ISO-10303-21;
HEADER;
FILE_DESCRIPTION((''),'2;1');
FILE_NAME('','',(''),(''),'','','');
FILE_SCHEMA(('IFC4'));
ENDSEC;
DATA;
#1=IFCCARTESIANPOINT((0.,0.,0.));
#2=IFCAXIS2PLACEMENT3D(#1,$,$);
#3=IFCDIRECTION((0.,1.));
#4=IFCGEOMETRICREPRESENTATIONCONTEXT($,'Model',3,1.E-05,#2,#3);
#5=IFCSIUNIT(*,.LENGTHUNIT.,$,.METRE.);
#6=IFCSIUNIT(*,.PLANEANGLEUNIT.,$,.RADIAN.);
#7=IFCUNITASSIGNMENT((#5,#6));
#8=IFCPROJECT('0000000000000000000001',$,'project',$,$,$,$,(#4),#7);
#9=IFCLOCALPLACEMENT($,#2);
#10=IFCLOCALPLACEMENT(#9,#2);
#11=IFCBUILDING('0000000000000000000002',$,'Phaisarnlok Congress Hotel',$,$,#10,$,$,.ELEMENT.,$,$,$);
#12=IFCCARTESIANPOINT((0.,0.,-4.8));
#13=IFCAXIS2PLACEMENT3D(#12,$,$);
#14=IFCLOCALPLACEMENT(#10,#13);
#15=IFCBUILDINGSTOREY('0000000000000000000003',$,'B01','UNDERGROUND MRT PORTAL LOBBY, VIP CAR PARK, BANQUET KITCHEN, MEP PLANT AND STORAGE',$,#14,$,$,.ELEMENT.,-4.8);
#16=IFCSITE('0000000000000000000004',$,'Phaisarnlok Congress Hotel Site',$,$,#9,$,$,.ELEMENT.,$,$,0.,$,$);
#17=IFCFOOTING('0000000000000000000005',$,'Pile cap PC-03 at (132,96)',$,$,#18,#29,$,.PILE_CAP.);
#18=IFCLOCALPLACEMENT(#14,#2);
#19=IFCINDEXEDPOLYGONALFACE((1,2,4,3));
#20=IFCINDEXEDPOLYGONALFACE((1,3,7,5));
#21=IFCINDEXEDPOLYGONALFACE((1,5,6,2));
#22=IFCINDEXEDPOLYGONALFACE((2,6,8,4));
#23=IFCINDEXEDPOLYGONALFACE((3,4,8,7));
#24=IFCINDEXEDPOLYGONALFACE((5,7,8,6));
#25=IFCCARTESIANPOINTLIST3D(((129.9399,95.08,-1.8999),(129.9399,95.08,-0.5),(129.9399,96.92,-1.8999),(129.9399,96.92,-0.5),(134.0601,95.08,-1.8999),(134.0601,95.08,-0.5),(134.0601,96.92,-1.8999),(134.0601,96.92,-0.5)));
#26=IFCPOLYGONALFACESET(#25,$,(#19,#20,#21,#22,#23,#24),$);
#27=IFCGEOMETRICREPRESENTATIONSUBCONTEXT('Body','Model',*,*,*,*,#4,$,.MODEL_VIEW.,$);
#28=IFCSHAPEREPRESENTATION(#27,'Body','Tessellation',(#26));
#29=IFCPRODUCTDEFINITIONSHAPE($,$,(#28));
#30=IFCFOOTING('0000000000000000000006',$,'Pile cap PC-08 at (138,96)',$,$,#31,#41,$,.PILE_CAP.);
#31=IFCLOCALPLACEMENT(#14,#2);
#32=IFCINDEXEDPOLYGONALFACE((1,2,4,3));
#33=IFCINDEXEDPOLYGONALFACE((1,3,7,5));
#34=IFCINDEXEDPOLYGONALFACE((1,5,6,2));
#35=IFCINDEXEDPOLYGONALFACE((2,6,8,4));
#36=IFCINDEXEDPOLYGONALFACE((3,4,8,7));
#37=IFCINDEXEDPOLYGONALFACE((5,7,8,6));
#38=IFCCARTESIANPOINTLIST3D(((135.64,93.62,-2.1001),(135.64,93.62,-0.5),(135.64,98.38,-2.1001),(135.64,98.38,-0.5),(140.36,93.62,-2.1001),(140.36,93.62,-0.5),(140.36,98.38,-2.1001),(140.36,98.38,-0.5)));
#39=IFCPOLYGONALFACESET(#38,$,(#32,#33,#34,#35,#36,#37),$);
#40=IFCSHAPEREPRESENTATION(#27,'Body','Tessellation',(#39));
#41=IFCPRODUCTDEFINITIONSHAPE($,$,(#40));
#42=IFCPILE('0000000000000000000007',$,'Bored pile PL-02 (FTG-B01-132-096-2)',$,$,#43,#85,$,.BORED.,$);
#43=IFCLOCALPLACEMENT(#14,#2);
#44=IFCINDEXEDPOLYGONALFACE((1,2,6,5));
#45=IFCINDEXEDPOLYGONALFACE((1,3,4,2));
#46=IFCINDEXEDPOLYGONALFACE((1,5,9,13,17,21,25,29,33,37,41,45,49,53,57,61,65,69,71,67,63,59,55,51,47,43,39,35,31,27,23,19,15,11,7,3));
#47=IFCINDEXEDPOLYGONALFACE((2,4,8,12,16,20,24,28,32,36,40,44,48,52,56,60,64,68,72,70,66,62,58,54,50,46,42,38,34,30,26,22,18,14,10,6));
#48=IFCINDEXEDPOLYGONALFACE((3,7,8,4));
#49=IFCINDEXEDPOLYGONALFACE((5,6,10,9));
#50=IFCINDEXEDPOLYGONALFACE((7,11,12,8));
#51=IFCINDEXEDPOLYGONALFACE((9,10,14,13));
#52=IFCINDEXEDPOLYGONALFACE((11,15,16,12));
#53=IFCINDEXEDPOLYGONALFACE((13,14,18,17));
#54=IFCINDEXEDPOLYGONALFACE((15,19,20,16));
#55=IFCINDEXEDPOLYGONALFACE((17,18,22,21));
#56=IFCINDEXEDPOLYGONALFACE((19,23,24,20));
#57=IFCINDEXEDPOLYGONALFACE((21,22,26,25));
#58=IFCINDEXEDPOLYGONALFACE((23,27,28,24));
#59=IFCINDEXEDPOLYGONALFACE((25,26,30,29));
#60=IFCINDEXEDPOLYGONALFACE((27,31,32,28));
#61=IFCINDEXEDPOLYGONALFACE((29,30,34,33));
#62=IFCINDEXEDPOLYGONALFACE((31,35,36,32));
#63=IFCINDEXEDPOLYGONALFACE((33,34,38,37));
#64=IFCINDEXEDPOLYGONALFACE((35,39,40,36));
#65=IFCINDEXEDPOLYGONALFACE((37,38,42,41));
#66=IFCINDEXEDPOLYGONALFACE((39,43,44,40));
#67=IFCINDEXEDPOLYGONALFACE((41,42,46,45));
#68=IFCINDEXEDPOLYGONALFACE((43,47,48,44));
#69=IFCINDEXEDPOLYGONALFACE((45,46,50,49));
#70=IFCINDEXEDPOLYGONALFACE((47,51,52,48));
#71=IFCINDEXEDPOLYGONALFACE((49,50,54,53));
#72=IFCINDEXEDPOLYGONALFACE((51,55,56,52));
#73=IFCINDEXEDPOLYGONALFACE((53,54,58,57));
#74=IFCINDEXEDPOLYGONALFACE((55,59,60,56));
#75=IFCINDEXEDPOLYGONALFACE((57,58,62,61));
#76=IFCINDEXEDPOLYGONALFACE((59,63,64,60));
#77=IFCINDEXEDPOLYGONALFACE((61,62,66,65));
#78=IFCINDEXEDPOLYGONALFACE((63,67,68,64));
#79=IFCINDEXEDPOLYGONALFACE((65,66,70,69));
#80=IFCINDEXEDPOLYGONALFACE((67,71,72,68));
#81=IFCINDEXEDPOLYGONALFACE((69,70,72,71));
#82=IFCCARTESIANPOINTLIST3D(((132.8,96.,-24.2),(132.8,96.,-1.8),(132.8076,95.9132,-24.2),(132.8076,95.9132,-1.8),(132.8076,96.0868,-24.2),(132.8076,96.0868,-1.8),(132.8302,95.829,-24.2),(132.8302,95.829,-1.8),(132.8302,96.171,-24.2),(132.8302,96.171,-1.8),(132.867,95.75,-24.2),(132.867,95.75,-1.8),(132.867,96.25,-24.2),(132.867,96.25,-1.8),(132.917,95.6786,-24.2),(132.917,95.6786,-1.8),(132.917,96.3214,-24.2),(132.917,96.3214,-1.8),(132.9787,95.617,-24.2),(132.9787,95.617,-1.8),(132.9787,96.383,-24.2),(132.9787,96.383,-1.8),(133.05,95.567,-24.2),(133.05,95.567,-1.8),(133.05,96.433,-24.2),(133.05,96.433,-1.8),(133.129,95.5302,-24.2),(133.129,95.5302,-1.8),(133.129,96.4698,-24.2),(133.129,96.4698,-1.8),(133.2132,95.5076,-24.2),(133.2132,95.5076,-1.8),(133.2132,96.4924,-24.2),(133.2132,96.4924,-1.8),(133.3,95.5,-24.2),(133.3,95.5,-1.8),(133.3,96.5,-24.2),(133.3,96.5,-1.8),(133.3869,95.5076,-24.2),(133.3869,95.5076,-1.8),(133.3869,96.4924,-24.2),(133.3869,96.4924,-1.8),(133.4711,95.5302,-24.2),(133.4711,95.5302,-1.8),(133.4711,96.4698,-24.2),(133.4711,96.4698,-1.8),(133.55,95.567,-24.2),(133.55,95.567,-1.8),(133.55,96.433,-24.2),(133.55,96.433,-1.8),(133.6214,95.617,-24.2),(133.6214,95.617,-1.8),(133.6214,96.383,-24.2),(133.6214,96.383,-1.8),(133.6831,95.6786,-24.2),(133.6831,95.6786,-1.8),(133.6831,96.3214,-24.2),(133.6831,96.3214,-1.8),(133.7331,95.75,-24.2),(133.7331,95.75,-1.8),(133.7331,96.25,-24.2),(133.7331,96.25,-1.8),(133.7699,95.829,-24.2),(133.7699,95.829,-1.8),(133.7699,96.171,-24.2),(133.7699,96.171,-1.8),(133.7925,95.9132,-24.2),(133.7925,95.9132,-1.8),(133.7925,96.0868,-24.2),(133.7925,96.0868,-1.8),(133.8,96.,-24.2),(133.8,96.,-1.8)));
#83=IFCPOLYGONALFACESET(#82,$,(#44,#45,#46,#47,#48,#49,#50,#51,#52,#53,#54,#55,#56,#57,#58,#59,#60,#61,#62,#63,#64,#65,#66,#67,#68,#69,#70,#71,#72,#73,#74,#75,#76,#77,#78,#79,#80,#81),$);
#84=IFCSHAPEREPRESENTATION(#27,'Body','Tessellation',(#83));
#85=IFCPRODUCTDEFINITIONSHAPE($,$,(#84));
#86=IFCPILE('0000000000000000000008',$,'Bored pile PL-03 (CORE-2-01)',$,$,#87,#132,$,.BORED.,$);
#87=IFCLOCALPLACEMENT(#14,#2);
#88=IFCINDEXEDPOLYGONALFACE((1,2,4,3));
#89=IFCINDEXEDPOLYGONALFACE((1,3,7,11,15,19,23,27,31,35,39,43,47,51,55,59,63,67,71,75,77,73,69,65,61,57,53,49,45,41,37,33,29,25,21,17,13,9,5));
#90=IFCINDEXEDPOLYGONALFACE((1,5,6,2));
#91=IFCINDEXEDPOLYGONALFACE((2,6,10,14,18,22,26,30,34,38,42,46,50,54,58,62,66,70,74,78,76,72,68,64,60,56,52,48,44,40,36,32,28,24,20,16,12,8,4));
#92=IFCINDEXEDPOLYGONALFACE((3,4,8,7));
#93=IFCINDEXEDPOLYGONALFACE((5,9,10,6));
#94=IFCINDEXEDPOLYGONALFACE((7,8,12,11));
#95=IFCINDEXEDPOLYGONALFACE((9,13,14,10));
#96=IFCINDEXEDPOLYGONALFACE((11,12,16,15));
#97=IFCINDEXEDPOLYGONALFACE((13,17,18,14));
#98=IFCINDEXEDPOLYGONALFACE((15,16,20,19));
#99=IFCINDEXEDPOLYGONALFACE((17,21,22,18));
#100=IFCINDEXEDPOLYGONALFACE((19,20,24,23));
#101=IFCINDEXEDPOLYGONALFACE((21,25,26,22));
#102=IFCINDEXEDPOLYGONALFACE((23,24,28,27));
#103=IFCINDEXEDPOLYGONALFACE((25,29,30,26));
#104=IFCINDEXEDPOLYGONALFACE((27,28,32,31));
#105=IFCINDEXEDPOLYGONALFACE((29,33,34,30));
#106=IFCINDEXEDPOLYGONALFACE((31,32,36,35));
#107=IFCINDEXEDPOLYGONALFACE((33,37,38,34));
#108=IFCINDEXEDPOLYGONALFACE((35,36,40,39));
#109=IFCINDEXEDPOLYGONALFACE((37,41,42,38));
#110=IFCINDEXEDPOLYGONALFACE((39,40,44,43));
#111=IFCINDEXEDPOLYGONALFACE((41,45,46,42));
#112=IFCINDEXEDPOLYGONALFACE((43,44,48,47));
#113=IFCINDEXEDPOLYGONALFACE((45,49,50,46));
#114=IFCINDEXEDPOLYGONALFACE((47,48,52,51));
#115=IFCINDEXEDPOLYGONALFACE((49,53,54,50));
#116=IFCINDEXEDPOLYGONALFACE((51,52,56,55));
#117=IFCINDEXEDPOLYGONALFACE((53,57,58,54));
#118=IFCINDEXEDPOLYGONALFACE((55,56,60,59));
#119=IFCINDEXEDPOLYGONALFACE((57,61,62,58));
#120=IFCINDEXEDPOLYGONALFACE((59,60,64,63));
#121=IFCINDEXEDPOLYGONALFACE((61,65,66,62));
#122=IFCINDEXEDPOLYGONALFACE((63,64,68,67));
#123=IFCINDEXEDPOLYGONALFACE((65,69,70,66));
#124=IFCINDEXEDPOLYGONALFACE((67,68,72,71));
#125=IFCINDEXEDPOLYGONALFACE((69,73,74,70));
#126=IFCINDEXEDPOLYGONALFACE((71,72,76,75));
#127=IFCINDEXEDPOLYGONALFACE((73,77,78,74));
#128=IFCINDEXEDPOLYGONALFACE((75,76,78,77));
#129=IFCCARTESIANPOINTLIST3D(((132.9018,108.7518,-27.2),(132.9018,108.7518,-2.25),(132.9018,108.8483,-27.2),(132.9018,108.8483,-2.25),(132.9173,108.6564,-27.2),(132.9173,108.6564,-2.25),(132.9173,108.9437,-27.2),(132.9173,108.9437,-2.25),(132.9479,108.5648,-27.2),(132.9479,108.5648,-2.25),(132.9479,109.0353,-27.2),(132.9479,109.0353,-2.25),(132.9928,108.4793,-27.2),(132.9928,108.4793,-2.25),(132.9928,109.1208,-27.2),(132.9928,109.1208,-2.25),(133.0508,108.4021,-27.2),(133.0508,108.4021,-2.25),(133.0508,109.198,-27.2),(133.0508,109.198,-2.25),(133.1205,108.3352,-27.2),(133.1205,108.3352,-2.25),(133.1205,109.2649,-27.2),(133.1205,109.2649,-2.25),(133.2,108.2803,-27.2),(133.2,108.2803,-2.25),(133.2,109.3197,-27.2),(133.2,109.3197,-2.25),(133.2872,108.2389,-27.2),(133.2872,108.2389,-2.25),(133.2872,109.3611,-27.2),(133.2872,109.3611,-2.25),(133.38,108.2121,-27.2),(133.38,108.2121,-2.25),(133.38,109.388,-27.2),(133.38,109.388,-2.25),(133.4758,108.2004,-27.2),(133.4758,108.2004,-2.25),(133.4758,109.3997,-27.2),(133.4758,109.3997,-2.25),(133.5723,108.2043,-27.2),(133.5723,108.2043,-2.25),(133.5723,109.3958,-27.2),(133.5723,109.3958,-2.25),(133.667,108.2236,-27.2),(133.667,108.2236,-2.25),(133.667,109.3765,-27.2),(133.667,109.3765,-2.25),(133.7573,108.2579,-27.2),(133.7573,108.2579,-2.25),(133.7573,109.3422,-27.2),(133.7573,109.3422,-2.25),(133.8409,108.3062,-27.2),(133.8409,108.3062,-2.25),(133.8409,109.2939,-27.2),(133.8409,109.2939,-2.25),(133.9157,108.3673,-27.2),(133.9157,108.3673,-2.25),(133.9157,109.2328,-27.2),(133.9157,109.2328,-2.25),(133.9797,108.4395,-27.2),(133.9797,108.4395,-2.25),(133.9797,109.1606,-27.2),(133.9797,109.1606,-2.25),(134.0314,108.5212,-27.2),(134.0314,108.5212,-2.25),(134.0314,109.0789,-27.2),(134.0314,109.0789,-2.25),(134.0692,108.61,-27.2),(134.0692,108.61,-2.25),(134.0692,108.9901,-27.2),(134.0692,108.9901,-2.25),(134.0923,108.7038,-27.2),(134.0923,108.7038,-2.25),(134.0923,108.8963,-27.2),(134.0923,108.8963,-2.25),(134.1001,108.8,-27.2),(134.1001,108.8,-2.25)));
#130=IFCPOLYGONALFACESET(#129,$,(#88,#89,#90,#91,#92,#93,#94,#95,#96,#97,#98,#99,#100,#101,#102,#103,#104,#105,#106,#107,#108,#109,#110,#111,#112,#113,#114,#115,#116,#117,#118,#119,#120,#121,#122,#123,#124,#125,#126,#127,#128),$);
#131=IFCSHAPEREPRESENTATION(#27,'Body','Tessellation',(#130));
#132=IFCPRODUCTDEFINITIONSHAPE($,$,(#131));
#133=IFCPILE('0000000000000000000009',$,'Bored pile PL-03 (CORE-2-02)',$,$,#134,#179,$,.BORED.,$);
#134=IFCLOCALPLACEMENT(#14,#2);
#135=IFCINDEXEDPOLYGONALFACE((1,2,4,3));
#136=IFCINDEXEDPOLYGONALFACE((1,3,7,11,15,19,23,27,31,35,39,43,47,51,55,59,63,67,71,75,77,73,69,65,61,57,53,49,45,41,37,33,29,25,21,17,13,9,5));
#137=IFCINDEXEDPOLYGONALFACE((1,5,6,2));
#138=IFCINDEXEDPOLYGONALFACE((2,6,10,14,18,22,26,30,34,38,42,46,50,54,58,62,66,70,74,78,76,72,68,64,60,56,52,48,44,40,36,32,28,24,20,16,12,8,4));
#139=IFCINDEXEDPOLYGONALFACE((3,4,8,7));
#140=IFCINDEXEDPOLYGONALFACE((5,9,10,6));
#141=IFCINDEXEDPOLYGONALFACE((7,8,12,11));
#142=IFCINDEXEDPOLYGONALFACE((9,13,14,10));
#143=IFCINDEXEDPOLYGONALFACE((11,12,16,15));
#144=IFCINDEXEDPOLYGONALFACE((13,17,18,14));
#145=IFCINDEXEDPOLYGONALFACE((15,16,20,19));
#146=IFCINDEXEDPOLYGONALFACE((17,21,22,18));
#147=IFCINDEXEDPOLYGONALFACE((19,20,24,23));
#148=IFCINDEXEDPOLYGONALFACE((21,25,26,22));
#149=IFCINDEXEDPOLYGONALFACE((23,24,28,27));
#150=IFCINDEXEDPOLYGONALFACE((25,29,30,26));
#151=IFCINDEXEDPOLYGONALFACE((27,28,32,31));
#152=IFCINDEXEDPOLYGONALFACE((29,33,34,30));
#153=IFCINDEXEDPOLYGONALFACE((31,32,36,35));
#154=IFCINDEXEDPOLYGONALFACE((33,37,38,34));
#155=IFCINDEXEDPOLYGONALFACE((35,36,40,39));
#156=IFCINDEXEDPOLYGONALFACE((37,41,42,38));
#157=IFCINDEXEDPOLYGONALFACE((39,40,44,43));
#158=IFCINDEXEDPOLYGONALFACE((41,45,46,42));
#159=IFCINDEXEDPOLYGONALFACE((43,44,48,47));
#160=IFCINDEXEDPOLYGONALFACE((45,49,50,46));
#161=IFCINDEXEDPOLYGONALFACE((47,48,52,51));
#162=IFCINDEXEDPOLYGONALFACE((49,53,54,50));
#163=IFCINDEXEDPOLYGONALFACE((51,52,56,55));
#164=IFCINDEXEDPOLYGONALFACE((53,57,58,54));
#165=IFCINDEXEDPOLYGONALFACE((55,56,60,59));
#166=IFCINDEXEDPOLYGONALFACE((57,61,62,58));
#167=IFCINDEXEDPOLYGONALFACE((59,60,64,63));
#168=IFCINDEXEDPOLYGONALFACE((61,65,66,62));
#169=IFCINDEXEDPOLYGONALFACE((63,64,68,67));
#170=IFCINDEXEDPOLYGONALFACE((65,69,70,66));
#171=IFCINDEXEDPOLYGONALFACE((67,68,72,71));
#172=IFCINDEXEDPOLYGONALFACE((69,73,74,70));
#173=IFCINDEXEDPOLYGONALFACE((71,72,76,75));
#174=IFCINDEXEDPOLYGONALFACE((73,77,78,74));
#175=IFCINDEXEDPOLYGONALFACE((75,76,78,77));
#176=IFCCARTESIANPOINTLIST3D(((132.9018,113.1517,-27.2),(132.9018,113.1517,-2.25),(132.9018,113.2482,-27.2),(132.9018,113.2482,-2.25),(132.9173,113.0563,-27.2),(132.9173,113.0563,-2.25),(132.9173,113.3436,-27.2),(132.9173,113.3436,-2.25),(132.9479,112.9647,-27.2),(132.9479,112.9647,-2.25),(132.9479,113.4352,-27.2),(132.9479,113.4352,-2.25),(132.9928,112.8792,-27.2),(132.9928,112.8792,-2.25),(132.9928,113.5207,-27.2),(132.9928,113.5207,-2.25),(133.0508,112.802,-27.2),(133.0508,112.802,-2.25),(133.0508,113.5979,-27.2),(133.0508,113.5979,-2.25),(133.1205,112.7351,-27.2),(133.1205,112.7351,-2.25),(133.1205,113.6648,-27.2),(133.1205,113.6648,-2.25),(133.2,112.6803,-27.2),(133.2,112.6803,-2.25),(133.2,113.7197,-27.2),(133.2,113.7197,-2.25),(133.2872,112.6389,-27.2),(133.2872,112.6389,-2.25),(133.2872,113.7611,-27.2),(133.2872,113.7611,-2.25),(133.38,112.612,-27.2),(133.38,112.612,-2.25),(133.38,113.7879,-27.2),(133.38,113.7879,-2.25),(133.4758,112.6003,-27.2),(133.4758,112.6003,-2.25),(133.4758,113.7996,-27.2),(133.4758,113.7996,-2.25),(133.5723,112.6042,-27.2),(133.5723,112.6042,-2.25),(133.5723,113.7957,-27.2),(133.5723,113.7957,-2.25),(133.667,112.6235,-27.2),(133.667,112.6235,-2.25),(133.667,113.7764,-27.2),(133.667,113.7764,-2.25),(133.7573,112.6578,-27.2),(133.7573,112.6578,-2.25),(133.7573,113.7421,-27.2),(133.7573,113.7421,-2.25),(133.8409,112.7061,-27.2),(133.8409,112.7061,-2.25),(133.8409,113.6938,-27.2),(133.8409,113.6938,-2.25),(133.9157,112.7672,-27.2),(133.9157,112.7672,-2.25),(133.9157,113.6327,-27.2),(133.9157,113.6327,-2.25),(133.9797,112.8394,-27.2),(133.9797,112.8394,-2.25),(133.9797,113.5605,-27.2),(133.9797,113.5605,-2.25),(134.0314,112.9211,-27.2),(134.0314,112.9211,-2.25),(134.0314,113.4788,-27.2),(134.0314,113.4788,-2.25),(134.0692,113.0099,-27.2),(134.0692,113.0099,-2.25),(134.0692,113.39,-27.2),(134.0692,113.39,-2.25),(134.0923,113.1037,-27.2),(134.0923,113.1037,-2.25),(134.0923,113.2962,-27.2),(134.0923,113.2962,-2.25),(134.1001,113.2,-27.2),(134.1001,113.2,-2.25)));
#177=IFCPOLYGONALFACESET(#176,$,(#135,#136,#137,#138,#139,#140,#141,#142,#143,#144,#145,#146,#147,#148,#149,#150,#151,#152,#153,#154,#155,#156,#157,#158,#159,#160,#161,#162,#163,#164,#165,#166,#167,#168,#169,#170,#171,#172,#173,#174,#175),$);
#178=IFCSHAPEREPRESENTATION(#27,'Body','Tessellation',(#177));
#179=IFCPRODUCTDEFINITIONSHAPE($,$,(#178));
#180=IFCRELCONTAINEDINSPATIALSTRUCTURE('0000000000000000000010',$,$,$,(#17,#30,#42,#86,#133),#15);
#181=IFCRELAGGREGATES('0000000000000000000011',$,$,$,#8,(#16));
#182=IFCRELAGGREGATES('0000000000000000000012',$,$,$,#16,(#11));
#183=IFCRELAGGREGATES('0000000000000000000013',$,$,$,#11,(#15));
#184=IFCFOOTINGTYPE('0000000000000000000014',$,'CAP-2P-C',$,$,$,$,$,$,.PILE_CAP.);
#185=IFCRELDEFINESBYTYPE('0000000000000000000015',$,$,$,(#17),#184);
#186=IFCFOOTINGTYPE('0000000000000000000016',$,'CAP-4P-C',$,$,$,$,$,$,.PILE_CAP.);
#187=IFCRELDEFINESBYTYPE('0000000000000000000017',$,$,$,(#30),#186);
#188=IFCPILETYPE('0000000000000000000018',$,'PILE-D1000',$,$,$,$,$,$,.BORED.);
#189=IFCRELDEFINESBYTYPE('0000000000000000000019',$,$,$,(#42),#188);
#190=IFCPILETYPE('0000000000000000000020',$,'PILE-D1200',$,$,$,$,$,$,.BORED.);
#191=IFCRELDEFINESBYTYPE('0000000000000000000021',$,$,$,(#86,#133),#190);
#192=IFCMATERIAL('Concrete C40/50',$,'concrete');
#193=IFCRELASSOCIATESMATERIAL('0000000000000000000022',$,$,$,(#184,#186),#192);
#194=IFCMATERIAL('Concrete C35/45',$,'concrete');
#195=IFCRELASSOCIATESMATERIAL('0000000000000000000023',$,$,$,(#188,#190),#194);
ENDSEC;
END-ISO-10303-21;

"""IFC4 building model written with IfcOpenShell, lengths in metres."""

from ifc_helpers import new_model, si_unit, direction, frame, origin, origin_2d, place, context, subcontext, project, spatial, rectangle, circle, extrude, material, material_profile, profile_set, type_object, element, save


model = new_model("IFC4")

# Units and contexts
model_context = context("Model", 3, precision=1e-05, world=origin(), true_north=direction((0.0, 1.0)))
body_context = subcontext(model_context, "Body", "Model", "MODEL_VIEW")
ifc_project = project(units=[si_unit("LENGTHUNIT", "METRE"), si_unit("PLANEANGLEUNIT", "RADIAN")], contexts=[model_context])

# Site, building, storey
site_placement = place(None, origin())
site = spatial("IfcSite", under=ifc_project, at=site_placement, Name="Phaisarnlok Congress Hotel Site", CompositionType="ELEMENT", RefElevation=0.0)
building_placement = place(site_placement, origin())
building = spatial("IfcBuilding", under=site, at=building_placement, Name="Phaisarnlok Congress Hotel", CompositionType="ELEMENT")
storey_placement = place(building_placement, frame((0.0, 0.0, -4.8)))
storey = spatial("IfcBuildingStorey", under=building, at=storey_placement, Name="B01", Description="UNDERGROUND MRT PORTAL LOBBY, VIP CAR PARK, BANQUET KITCHEN, MEP PLANT AND STORAGE", CompositionType="ELEMENT", Elevation=-4.8)

# Footings
ifc_material_1 = material(Name="Concrete C40/50", Category="concrete")
footing_type_1 = type_object("IfcFootingType", Name="CAP-2P-C", PredefinedType="PILE_CAP", material=ifc_material_1)
footing_1_placement = place(storey_placement, frame((132.0, 96.0, -1.8999), z_axis=(0.0, 0.0, 1.0), x_axis=(1.0, 0.0, 0.0)))
element("IfcFooting", 1, at=footing_1_placement, inside=storey, type_object=footing_type_1, Name="Pile cap PC-03 at (132,96)", PredefinedType="PILE_CAP", context=body_context, shape_type="SweptSolid", body=[
    extrude(rectangle(XDim=4.1201, YDim=1.8401, at=origin_2d()), origin(), (0.0, 0.0, 1.0), 1.3999),
])
footing_type_2 = type_object("IfcFootingType", Name="CAP-4P-C", PredefinedType="PILE_CAP", material=ifc_material_1)
footing_2_placement = place(storey_placement, frame((138.0, 96.0, -2.1001), z_axis=(0.0, 0.0, 1.0), x_axis=(1.0, 0.0, 0.0)))
element("IfcFooting", 2, at=footing_2_placement, inside=storey, type_object=footing_type_2, Name="Pile cap PC-08 at (138,96)", PredefinedType="PILE_CAP", context=body_context, shape_type="SweptSolid", body=[
    extrude(rectangle(XDim=4.72, YDim=4.76, at=origin_2d()), origin(), (0.0, 0.0, 1.0), 1.6001),
])

# Piles
ifc_material_2 = material(Name="Concrete C35/45", Category="concrete")
ifc_material_profile_1 = material_profile(ifc_material_2, circle(Radius=0.5, at=origin_2d()), Name="BORED PILE D1000")
ifc_profile_set_1 = profile_set([ifc_material_profile_1], Name="Concrete C35/45")
pile_type_1 = type_object("IfcPileType", Name="PILE-D1000", PredefinedType="BORED", material=ifc_profile_set_1)
pile_placement = place(storey_placement, frame((133.3, 96.0, -1.8), z_axis=(0.0, 0.0, -1.0), x_axis=(1.0, 0.0, 0.0)))
element("IfcPile", 3, at=pile_placement, inside=storey, type_object=pile_type_1, Name="Bored pile PL-02 (FTG-B01-132-096-2)", PredefinedType="BORED", context=body_context, shape_type="SweptSolid", body=[
    extrude(circle(Radius=0.5, at=origin_2d()), origin(), (0.0, 0.0, 1.0), 22.3999),
])
ifc_material_profile_2 = material_profile(ifc_material_2, circle(Radius=0.6001, at=origin_2d()), Name="BORED PILE D1200")
ifc_profile_set_2 = profile_set([ifc_material_profile_2], Name="Concrete C35/45")
pile_type_2 = type_object("IfcPileType", Name="PILE-D1200", PredefinedType="BORED", material=ifc_profile_set_2)
for number, where, z_axis, x_axis, name in (
    (4, (133.5, 108.8, -2.25), (0.0, 0.0, -1.0), (1.0, 0.0, 0.0), "Bored pile PL-03 (CORE-2-01)"),
    (5, (133.5, 113.2, -2.25), (0.0, 0.0, -1.0), (1.0, 0.0, 0.0), "Bored pile PL-03 (CORE-2-02)"),
):
    element("IfcPile", number, at=place(storey_placement, frame(where, z_axis=z_axis, x_axis=x_axis)), inside=storey, type_object=pile_type_2, Name=name, PredefinedType="BORED", context=body_context, shape_type="SweptSolid", body=[
        extrude(circle(Radius=0.6001, at=origin_2d()), origin(), (0.0, 0.0, 1.0), 24.95),
    ])

save(model, "model.ifc")
